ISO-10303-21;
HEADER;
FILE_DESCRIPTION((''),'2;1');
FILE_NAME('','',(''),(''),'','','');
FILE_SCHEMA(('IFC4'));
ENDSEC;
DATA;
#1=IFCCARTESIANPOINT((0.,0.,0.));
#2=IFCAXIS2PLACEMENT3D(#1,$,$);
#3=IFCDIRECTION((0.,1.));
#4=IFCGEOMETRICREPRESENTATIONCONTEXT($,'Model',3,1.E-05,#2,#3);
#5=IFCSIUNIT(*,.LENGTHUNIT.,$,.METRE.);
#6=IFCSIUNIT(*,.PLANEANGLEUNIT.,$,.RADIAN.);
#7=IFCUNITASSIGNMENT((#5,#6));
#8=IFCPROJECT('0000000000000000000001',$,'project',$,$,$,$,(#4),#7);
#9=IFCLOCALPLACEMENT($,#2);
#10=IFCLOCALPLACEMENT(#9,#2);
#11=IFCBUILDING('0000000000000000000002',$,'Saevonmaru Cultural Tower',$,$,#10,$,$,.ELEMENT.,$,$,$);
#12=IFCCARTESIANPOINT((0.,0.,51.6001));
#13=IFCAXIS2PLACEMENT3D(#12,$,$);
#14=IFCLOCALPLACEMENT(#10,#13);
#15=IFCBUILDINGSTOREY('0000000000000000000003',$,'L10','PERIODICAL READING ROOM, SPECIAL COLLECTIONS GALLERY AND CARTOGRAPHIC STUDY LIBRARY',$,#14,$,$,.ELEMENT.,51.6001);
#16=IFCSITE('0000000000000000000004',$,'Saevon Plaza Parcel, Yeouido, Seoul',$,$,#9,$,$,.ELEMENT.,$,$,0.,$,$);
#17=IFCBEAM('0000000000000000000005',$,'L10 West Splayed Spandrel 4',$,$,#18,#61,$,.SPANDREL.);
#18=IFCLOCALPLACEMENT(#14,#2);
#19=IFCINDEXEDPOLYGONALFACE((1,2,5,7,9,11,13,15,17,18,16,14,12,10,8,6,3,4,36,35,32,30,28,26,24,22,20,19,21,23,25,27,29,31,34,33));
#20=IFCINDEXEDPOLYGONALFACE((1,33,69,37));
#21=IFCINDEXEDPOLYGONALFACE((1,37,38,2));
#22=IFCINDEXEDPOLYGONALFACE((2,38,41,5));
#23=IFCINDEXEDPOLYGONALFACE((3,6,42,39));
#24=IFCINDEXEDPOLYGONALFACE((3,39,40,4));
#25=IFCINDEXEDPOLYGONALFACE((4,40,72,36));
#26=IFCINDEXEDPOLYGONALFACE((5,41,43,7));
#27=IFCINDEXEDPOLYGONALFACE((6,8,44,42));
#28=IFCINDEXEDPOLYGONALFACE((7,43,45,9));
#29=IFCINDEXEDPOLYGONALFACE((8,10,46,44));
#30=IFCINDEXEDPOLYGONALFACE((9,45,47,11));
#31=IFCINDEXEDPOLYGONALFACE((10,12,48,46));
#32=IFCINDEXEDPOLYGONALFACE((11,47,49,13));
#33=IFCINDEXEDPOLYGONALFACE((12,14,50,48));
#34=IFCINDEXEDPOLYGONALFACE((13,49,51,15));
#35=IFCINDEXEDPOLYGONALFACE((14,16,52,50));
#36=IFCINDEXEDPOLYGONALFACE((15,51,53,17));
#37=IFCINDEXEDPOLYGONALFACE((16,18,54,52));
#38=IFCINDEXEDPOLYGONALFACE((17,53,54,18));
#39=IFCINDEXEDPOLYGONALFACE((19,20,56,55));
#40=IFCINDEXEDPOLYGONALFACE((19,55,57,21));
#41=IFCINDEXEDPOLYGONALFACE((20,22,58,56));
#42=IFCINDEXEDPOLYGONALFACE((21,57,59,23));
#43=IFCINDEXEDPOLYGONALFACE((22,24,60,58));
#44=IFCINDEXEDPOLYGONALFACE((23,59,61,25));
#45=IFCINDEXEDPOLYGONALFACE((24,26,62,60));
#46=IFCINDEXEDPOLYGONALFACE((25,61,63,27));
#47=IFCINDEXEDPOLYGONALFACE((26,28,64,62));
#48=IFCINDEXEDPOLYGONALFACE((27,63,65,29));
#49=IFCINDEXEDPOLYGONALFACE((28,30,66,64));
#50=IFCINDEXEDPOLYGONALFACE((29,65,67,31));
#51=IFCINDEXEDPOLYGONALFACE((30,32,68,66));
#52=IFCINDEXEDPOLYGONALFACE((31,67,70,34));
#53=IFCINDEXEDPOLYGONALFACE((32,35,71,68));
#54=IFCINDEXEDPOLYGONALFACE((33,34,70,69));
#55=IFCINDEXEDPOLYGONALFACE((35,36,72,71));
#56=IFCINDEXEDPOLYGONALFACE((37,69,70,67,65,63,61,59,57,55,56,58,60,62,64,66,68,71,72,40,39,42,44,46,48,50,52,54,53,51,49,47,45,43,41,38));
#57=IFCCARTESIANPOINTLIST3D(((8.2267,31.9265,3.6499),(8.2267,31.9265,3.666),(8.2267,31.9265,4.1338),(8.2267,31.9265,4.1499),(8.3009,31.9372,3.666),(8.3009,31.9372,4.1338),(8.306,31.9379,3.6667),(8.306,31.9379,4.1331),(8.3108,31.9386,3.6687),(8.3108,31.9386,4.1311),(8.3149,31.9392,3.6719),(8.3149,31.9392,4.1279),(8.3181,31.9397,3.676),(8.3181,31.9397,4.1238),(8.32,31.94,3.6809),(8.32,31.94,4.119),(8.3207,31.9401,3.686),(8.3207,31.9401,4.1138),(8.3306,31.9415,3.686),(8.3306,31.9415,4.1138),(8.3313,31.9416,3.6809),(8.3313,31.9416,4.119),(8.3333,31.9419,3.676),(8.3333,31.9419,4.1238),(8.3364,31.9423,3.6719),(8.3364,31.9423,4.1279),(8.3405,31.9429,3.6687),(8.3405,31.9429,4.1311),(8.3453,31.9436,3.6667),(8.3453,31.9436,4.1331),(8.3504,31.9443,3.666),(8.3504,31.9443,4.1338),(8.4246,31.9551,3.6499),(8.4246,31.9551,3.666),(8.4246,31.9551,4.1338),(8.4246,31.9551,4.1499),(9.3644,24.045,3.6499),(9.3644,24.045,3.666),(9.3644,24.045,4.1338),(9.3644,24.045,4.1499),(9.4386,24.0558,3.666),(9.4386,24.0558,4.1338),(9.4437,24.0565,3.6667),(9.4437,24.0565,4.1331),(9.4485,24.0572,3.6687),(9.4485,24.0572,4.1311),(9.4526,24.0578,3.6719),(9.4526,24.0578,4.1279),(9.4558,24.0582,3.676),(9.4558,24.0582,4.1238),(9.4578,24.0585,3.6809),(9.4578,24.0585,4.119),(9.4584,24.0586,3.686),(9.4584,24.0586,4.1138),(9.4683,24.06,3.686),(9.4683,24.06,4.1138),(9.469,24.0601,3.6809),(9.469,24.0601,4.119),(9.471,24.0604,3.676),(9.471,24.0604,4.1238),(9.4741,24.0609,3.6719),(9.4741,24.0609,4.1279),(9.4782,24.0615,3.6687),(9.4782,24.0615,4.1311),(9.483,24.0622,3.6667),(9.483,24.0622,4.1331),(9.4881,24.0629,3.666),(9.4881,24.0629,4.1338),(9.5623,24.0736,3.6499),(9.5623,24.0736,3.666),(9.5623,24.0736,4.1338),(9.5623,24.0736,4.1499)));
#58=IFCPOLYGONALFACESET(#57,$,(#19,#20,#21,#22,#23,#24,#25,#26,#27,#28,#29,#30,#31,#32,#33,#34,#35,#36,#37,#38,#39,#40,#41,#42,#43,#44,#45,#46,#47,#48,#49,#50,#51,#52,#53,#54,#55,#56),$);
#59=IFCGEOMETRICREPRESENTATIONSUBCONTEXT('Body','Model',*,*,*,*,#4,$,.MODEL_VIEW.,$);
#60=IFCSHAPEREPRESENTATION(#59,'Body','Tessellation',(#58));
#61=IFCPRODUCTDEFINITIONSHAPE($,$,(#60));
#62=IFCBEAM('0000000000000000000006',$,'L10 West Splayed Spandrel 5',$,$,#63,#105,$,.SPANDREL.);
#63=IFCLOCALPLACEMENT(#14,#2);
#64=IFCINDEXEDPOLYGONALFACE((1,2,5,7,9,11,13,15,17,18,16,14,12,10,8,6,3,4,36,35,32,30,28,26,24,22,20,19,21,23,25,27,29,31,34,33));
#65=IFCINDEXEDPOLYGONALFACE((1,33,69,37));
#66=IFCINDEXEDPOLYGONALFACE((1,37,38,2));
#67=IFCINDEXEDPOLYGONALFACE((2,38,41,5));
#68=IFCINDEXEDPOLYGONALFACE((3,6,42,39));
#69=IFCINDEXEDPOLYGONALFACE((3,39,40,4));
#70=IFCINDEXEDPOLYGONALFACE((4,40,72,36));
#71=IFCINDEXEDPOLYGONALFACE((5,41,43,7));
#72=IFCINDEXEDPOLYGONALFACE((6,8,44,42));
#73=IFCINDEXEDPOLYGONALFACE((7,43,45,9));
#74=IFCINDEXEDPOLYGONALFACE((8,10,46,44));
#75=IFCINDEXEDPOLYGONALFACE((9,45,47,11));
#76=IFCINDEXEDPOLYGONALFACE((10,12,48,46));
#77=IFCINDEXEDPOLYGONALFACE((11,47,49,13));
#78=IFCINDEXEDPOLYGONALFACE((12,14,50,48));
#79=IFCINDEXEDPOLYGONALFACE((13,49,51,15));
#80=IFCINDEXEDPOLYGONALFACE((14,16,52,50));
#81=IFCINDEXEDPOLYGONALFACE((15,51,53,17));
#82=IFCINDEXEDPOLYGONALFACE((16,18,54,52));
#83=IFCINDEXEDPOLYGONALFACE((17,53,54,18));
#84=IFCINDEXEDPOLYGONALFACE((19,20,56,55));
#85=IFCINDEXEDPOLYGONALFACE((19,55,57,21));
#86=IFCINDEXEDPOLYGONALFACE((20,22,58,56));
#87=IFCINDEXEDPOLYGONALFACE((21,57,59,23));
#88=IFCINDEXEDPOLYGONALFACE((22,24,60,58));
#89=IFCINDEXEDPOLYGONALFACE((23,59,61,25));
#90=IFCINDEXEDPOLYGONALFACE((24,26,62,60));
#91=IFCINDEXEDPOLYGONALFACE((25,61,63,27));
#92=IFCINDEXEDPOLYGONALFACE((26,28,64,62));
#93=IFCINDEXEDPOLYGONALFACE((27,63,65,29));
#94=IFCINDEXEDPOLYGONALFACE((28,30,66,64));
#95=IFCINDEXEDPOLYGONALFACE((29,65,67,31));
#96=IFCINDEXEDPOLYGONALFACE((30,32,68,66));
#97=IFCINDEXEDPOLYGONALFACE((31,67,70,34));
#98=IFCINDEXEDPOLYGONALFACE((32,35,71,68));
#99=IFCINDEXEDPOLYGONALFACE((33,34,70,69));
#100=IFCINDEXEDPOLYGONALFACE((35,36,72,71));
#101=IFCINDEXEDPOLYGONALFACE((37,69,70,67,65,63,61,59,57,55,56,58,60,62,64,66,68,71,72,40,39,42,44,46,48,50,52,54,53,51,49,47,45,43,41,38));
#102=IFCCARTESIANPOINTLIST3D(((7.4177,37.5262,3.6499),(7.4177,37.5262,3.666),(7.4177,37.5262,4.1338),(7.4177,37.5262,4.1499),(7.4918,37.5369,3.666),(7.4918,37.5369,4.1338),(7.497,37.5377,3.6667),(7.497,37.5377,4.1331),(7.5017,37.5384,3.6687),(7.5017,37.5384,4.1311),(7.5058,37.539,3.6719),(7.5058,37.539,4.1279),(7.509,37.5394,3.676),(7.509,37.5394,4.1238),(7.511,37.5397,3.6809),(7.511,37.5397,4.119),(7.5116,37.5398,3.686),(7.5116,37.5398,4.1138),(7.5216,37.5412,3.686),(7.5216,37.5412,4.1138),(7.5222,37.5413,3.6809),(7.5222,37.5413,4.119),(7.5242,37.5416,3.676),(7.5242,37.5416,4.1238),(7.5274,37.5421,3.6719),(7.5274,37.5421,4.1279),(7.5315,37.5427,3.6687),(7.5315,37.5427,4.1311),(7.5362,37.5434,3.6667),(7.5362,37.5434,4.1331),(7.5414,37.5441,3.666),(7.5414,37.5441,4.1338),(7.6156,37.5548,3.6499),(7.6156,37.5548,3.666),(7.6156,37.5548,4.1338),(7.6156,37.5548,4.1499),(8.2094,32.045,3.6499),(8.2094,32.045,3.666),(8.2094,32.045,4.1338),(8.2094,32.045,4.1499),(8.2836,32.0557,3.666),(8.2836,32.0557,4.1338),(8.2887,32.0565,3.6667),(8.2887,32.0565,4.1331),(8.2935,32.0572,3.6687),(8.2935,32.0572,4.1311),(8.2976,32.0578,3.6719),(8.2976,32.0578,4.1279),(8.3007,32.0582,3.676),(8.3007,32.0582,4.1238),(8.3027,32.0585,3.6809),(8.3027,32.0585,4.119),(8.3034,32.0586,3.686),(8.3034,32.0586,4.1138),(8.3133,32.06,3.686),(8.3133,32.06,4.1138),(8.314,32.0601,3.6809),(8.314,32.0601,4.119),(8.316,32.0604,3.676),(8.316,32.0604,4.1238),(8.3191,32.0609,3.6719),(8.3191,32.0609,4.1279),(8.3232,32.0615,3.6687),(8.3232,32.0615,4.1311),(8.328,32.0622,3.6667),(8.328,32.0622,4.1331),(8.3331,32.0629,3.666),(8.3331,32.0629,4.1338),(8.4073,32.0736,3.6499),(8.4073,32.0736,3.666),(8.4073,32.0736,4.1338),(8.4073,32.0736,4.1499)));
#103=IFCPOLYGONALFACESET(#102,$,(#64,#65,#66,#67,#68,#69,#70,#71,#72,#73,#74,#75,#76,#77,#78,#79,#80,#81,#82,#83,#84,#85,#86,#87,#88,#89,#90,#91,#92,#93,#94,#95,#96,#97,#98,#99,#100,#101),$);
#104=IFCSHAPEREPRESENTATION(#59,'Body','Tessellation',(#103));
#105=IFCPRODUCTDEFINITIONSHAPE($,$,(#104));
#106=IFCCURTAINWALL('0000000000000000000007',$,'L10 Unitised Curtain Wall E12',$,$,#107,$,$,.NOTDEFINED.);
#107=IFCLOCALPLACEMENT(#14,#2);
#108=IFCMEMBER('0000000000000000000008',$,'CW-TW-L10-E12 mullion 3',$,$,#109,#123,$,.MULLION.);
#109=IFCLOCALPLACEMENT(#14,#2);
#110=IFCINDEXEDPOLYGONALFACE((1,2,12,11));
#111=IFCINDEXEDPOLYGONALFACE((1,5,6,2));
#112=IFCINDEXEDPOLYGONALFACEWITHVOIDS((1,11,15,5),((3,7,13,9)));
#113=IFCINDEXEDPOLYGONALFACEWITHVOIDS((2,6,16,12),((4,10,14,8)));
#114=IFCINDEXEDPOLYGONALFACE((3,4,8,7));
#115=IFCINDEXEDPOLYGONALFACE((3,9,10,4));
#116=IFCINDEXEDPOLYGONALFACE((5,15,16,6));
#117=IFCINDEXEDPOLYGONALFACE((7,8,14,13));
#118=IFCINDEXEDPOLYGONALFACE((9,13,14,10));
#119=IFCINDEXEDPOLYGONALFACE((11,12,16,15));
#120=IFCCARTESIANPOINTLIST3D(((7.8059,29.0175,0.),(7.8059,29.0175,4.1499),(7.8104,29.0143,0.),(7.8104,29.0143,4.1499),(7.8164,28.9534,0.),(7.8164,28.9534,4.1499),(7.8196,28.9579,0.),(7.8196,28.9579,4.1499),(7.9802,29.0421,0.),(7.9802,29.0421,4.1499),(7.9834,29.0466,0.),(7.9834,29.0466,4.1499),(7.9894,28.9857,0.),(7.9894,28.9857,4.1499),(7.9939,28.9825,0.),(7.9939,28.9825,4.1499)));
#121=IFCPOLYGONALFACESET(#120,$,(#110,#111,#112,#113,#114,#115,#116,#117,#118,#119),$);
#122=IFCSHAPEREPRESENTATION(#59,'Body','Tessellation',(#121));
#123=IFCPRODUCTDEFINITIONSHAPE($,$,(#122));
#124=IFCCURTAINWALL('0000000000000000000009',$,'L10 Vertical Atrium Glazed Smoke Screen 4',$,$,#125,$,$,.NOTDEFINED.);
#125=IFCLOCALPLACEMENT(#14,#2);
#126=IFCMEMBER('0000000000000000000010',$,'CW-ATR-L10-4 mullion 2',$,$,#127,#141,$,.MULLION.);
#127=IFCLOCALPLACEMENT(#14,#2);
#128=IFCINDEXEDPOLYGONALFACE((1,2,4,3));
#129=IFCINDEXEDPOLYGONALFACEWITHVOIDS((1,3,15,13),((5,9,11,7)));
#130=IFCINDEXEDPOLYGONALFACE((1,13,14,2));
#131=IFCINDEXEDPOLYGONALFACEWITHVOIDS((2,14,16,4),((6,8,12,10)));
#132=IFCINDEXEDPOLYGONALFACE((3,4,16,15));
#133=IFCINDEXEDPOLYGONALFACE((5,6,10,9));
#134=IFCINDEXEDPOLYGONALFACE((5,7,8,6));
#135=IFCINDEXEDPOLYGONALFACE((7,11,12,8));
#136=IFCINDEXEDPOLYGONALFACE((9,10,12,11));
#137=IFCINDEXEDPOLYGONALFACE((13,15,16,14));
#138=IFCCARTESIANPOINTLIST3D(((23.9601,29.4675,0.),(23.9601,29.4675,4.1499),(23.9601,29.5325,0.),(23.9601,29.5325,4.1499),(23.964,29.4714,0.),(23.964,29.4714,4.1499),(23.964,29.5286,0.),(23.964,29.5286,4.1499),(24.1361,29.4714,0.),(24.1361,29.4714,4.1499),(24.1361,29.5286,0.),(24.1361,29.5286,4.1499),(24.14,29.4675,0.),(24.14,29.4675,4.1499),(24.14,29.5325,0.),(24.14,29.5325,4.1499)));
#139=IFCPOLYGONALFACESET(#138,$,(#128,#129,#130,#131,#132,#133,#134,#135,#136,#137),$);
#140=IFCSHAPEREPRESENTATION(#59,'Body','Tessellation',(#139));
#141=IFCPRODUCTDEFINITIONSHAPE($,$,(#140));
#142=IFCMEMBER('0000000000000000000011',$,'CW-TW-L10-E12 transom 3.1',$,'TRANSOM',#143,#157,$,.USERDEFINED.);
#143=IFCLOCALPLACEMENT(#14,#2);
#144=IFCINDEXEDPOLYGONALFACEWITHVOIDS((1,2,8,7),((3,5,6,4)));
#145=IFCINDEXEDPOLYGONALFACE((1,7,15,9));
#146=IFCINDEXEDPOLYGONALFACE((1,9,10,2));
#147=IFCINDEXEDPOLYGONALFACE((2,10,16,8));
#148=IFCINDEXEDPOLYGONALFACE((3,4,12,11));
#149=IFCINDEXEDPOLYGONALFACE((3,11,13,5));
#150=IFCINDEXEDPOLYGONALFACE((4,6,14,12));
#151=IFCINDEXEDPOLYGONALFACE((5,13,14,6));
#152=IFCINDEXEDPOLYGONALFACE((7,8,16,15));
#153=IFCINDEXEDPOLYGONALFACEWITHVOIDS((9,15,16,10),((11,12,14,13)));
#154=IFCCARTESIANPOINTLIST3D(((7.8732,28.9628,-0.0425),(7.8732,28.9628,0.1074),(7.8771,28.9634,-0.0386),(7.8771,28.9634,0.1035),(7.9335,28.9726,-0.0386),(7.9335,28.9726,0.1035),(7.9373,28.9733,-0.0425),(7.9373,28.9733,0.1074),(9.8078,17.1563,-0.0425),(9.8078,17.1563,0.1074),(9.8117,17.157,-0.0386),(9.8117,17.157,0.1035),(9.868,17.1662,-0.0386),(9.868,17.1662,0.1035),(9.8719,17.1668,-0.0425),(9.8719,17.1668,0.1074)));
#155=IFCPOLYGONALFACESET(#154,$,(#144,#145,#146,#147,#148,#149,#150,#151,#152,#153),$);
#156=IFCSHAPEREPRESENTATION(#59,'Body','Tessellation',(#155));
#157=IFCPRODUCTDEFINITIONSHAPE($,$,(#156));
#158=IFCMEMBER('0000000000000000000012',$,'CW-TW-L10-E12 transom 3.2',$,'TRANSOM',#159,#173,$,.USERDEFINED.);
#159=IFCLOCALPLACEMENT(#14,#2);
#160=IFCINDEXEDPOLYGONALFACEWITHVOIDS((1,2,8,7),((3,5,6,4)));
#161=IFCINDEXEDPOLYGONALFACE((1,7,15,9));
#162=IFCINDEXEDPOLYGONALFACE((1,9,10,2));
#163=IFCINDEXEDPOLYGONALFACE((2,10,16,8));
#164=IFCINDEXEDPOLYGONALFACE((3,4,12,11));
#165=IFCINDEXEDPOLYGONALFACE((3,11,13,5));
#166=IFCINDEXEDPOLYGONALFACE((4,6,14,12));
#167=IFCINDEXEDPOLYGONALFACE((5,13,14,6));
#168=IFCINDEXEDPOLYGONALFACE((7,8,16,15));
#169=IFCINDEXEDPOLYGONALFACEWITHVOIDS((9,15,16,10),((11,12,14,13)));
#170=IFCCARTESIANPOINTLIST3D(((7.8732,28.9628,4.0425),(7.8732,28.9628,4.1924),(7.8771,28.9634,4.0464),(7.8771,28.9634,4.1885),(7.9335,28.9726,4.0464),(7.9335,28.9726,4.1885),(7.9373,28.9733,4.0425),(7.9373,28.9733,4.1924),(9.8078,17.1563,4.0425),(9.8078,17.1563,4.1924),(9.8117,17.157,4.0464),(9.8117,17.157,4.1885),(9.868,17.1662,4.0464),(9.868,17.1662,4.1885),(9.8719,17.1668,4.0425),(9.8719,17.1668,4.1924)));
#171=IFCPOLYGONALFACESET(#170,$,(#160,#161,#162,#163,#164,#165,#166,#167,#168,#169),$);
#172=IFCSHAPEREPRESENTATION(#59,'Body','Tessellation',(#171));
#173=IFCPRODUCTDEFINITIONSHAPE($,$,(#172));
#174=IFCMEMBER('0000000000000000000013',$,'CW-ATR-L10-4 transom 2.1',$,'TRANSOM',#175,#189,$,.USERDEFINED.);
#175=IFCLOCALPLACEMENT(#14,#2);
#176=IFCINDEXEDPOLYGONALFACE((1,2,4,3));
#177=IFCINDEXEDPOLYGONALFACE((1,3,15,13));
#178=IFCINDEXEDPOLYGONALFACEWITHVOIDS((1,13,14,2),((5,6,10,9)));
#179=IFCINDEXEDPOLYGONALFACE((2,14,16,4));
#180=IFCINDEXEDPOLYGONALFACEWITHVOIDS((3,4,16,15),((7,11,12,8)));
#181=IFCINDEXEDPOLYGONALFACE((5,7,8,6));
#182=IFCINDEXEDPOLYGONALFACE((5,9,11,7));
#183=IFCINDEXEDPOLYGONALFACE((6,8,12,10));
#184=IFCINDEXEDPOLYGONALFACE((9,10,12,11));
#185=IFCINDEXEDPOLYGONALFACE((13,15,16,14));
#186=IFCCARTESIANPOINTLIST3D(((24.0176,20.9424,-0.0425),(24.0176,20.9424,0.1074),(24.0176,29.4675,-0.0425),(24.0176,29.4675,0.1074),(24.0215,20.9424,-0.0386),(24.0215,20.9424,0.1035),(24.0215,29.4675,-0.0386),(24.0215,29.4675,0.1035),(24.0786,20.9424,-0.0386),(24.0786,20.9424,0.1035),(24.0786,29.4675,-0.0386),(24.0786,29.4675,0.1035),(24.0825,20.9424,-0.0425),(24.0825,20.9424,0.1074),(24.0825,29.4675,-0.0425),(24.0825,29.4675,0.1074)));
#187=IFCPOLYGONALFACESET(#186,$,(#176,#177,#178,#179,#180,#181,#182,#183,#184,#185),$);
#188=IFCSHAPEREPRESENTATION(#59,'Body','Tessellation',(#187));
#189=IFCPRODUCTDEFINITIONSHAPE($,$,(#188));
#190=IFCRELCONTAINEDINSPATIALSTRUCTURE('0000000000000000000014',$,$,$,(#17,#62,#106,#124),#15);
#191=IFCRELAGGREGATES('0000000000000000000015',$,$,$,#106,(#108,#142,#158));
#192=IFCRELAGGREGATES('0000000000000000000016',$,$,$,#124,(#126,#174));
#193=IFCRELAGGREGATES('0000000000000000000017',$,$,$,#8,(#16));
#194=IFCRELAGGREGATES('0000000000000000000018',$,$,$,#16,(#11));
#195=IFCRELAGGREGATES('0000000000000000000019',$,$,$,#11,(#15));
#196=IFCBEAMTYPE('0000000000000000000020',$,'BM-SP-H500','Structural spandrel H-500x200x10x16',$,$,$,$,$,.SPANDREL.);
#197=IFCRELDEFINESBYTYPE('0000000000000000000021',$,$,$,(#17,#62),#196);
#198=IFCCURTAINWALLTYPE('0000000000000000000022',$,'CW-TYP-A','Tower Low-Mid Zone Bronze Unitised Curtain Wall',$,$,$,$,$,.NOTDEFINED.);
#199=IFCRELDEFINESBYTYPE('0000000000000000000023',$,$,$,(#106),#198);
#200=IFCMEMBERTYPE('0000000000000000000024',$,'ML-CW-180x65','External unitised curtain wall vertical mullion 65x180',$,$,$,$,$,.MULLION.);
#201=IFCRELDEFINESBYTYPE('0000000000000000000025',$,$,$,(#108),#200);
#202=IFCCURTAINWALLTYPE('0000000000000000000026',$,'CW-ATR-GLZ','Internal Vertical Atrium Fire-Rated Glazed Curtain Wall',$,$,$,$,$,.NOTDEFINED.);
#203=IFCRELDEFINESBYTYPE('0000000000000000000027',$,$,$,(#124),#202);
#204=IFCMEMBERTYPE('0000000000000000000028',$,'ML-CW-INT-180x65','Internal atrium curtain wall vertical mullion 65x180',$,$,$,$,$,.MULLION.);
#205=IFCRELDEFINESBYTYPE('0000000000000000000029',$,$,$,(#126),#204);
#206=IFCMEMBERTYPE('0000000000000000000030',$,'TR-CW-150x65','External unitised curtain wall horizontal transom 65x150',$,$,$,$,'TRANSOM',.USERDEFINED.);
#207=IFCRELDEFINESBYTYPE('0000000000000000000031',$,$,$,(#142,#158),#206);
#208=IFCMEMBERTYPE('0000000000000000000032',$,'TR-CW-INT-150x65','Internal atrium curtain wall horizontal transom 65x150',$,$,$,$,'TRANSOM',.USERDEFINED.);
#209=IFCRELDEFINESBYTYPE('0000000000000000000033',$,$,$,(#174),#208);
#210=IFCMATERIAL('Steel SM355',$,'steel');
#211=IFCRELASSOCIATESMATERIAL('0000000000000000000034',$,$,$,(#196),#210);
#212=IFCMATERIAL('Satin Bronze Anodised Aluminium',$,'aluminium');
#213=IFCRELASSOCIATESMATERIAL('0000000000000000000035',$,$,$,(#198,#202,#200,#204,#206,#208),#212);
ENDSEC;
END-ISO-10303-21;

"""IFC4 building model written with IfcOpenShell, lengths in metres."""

from ifc_helpers import new_model, si_unit, direction, frame, origin, origin_2d, place, context, subcontext, project, spatial, hollow_rectangle, i_section, extrude, material, material_profile, profile_set, type_object, element, aggregate, save


model = new_model("IFC4")

# Units and contexts
model_context = context("Model", 3, precision=1e-05, world=origin(), true_north=direction((0.0, 1.0)))
body_context = subcontext(model_context, "Body", "Model", "MODEL_VIEW")
ifc_project = project(units=[si_unit("LENGTHUNIT", "METRE"), si_unit("PLANEANGLEUNIT", "RADIAN")], contexts=[model_context])

# Site, building, storey
site_placement = place(None, origin())
site = spatial("IfcSite", under=ifc_project, at=site_placement, Name="Saevon Plaza Parcel, Yeouido, Seoul", CompositionType="ELEMENT", RefElevation=0.0)
building_placement = place(site_placement, origin())
building = spatial("IfcBuilding", under=site, at=building_placement, Name="Saevonmaru Cultural Tower", CompositionType="ELEMENT")
storey_placement = place(building_placement, frame((0.0, 0.0, 51.6001)))
storey = spatial("IfcBuildingStorey", under=building, at=storey_placement, Name="L10", Description="PERIODICAL READING ROOM, SPECIAL COLLECTIONS GALLERY AND CARTOGRAPHIC STUDY LIBRARY", CompositionType="ELEMENT", Elevation=51.6001)

# Beams
ifc_material_1 = material(Name="Steel SM355", Category="steel")
ifc_material_profile_1 = material_profile(ifc_material_1, i_section(OverallWidth=0.2, OverallDepth=0.5, WebThickness=0.01, FlangeThickness=0.0161, FilletRadius=0.02, at=origin_2d()), Name="H-500x200x10x16")
ifc_profile_set_1 = profile_set([ifc_material_profile_1], Name="Steel SM355")
beam_type_1 = type_object("IfcBeamType", Name="BM-SP-H500", Description="Structural spandrel H-500x200x10x16", PredefinedType="SPANDREL", material=ifc_profile_set_1)
beam_1_placement = place(storey_placement, frame((9.4634, 24.0593, 3.8999), z_axis=(-0.142872, 0.989741, 0.0), x_axis=(-0.989741, -0.142872, 0.0)))
element("IfcBeam", 1, at=beam_1_placement, inside=storey, type_object=beam_type_1, Name="L10 West Splayed Spandrel 4", PredefinedType="SPANDREL", context=body_context, shape_type="SweptSolid", body=[
    extrude(i_section(OverallWidth=0.2, OverallDepth=0.5, WebThickness=0.01, FlangeThickness=0.0161, FilletRadius=0.02, at=origin_2d()), origin(), (0.0, 0.0, 1.0), 7.9631),
])
beam_2_placement = place(storey_placement, frame((8.3083, 32.0593, 3.8999), z_axis=(-0.142964, 0.989728, 0.0), x_axis=(-0.989728, -0.142964, 0.0)))
element("IfcBeam", 2, at=beam_2_placement, inside=storey, type_object=beam_type_1, Name="L10 West Splayed Spandrel 5", PredefinedType="SPANDREL", context=body_context, shape_type="SweptSolid", body=[
    extrude(i_section(OverallWidth=0.2, OverallDepth=0.5, WebThickness=0.01, FlangeThickness=0.0161, FilletRadius=0.02, at=origin_2d()), origin(), (0.0, 0.0, 1.0), 5.5381),
])

# Curtain walls, members
ifc_material_2 = material(Name="Satin Bronze Anodised Aluminium", Category="aluminium")
curtain_wall_type_1 = type_object("IfcCurtainWallType", Name="CW-TYP-A", Description="Tower Low-Mid Zone Bronze Unitised Curtain Wall", PredefinedType="NOTDEFINED", material=ifc_material_2)
curtain_wall_1_placement = place(storey_placement, origin())
curtain_wall_1 = element("IfcCurtainWall", 3, at=curtain_wall_1_placement, inside=storey, type_object=curtain_wall_type_1, Name="L10 Unitised Curtain Wall E12", PredefinedType="NOTDEFINED")
ifc_material_profile_2 = material_profile(ifc_material_2, hollow_rectangle(XDim=0.0649, YDim=0.1799, WallThickness=0.0039, at=origin_2d()), Name="ALU-MULL-180x65x4")
ifc_profile_set_2 = profile_set([ifc_material_profile_2], Name="Satin Bronze Anodised Aluminium")
member_type_1 = type_object("IfcMemberType", Name="ML-CW-180x65", Description="External unitised curtain wall vertical mullion 65x180", PredefinedType="MULLION", material=ifc_profile_set_2)
member_1_placement = place(storey_placement, frame((7.8999, 29.0, 0.0), z_axis=(0.0, 0.0, 1.0), x_axis=(0.161709, -0.986839, 0.0)))
member_1 = element("IfcMember", 4, at=member_1_placement, type_object=member_type_1, Name="CW-TW-L10-E12 mullion 3", PredefinedType="MULLION", context=body_context, shape_type="SweptSolid", body=[
    extrude(hollow_rectangle(XDim=0.0649, YDim=0.1799, WallThickness=0.0039, at=origin_2d()), origin(), (0.0, 0.0, 1.0), 4.1499),
])
curtain_wall_type_2 = type_object("IfcCurtainWallType", Name="CW-ATR-GLZ", Description="Internal Vertical Atrium Fire-Rated Glazed Curtain Wall", PredefinedType="NOTDEFINED", material=ifc_material_2)
curtain_wall_2_placement = place(storey_placement, origin())
curtain_wall_2 = element("IfcCurtainWall", 5, at=curtain_wall_2_placement, inside=storey, type_object=curtain_wall_type_2, Name="L10 Vertical Atrium Glazed Smoke Screen 4", PredefinedType="NOTDEFINED")
ifc_material_profile_3 = material_profile(ifc_material_2, hollow_rectangle(XDim=0.0649, YDim=0.1799, WallThickness=0.0039, at=origin_2d()), Name="ALU-MULL-180x65x4")
ifc_profile_set_3 = profile_set([ifc_material_profile_3], Name="Satin Bronze Anodised Aluminium")
member_type_2 = type_object("IfcMemberType", Name="ML-CW-INT-180x65", Description="Internal atrium curtain wall vertical mullion 65x180", PredefinedType="MULLION", material=ifc_profile_set_3)
member_2_placement = place(storey_placement, frame((24.05, 29.5, 0.0), z_axis=(0.0, 0.0, 1.0), x_axis=(0.0, -1.0, 0.0)))
member_2 = element("IfcMember", 6, at=member_2_placement, type_object=member_type_2, Name="CW-ATR-L10-4 mullion 2", PredefinedType="MULLION", context=body_context, shape_type="SweptSolid", body=[
    extrude(hollow_rectangle(XDim=0.0649, YDim=0.1799, WallThickness=0.0039, at=origin_2d()), origin(), (0.0, 0.0, 1.0), 4.1499),
])

# Members
ifc_material_profile_4 = material_profile(ifc_material_2, hollow_rectangle(XDim=0.0649, YDim=0.1499, WallThickness=0.0039, at=origin_2d()), Name="ALU-TRAN-150x65x4")
ifc_profile_set_4 = profile_set([ifc_material_profile_4], Name="Satin Bronze Anodised Aluminium")
member_type_3 = type_object("IfcMemberType", Name="TR-CW-150x65", Description="External unitised curtain wall horizontal transom 65x150", ElementType="TRANSOM", PredefinedType="USERDEFINED", material=ifc_profile_set_4)
member_3_placement = place(storey_placement, frame((7.9053, 28.968, 0.0325), z_axis=(0.161701, -0.98684, 0.0), x_axis=(0.98684, 0.161701, 0.0)))
member_3 = element("IfcMember", 7, at=member_3_placement, type_object=member_type_3, Name="CW-TW-L10-E12 transom 3.1", ObjectType="TRANSOM", PredefinedType="USERDEFINED", context=body_context, shape_type="SweptSolid", body=[
    extrude(hollow_rectangle(XDim=0.0649, YDim=0.1499, WallThickness=0.0039, at=origin_2d()), origin(), (0.0, 0.0, 1.0), 11.9639),
])
member_4_placement = place(storey_placement, frame((7.9053, 28.968, 4.1174), z_axis=(0.161701, -0.98684, 0.0), x_axis=(0.98684, 0.161701, 0.0)))
member_4 = element("IfcMember", 8, at=member_4_placement, type_object=member_type_3, Name="CW-TW-L10-E12 transom 3.2", ObjectType="TRANSOM", PredefinedType="USERDEFINED", context=body_context, shape_type="SweptSolid", body=[
    extrude(hollow_rectangle(XDim=0.0649, YDim=0.1499, WallThickness=0.0039, at=origin_2d()), origin(), (0.0, 0.0, 1.0), 11.9639),
])
aggregate(curtain_wall_1, [member_1, member_3, member_4])
ifc_material_profile_5 = material_profile(ifc_material_2, hollow_rectangle(XDim=0.0649, YDim=0.1499, WallThickness=0.0039, at=origin_2d()), Name="ALU-TRAN-150x65x4")
ifc_profile_set_5 = profile_set([ifc_material_profile_5], Name="Satin Bronze Anodised Aluminium")
member_type_4 = type_object("IfcMemberType", Name="TR-CW-INT-150x65", Description="Internal atrium curtain wall horizontal transom 65x150", ElementType="TRANSOM", PredefinedType="USERDEFINED", material=ifc_profile_set_5)
member_5_placement = place(storey_placement, frame((24.05, 29.4675, 0.0325), z_axis=(0.0, -1.0, 0.0), x_axis=(1.0, 0.0, 0.0)))
member_5 = element("IfcMember", 9, at=member_5_placement, type_object=member_type_4, Name="CW-ATR-L10-4 transom 2.1", ObjectType="TRANSOM", PredefinedType="USERDEFINED", context=body_context, shape_type="SweptSolid", body=[
    extrude(hollow_rectangle(XDim=0.0649, YDim=0.1499, WallThickness=0.0039, at=origin_2d()), origin(), (0.0, 0.0, 1.0), 8.5251),
])

aggregate(curtain_wall_2, [member_2, member_5])

save(model, "model.ifc")
